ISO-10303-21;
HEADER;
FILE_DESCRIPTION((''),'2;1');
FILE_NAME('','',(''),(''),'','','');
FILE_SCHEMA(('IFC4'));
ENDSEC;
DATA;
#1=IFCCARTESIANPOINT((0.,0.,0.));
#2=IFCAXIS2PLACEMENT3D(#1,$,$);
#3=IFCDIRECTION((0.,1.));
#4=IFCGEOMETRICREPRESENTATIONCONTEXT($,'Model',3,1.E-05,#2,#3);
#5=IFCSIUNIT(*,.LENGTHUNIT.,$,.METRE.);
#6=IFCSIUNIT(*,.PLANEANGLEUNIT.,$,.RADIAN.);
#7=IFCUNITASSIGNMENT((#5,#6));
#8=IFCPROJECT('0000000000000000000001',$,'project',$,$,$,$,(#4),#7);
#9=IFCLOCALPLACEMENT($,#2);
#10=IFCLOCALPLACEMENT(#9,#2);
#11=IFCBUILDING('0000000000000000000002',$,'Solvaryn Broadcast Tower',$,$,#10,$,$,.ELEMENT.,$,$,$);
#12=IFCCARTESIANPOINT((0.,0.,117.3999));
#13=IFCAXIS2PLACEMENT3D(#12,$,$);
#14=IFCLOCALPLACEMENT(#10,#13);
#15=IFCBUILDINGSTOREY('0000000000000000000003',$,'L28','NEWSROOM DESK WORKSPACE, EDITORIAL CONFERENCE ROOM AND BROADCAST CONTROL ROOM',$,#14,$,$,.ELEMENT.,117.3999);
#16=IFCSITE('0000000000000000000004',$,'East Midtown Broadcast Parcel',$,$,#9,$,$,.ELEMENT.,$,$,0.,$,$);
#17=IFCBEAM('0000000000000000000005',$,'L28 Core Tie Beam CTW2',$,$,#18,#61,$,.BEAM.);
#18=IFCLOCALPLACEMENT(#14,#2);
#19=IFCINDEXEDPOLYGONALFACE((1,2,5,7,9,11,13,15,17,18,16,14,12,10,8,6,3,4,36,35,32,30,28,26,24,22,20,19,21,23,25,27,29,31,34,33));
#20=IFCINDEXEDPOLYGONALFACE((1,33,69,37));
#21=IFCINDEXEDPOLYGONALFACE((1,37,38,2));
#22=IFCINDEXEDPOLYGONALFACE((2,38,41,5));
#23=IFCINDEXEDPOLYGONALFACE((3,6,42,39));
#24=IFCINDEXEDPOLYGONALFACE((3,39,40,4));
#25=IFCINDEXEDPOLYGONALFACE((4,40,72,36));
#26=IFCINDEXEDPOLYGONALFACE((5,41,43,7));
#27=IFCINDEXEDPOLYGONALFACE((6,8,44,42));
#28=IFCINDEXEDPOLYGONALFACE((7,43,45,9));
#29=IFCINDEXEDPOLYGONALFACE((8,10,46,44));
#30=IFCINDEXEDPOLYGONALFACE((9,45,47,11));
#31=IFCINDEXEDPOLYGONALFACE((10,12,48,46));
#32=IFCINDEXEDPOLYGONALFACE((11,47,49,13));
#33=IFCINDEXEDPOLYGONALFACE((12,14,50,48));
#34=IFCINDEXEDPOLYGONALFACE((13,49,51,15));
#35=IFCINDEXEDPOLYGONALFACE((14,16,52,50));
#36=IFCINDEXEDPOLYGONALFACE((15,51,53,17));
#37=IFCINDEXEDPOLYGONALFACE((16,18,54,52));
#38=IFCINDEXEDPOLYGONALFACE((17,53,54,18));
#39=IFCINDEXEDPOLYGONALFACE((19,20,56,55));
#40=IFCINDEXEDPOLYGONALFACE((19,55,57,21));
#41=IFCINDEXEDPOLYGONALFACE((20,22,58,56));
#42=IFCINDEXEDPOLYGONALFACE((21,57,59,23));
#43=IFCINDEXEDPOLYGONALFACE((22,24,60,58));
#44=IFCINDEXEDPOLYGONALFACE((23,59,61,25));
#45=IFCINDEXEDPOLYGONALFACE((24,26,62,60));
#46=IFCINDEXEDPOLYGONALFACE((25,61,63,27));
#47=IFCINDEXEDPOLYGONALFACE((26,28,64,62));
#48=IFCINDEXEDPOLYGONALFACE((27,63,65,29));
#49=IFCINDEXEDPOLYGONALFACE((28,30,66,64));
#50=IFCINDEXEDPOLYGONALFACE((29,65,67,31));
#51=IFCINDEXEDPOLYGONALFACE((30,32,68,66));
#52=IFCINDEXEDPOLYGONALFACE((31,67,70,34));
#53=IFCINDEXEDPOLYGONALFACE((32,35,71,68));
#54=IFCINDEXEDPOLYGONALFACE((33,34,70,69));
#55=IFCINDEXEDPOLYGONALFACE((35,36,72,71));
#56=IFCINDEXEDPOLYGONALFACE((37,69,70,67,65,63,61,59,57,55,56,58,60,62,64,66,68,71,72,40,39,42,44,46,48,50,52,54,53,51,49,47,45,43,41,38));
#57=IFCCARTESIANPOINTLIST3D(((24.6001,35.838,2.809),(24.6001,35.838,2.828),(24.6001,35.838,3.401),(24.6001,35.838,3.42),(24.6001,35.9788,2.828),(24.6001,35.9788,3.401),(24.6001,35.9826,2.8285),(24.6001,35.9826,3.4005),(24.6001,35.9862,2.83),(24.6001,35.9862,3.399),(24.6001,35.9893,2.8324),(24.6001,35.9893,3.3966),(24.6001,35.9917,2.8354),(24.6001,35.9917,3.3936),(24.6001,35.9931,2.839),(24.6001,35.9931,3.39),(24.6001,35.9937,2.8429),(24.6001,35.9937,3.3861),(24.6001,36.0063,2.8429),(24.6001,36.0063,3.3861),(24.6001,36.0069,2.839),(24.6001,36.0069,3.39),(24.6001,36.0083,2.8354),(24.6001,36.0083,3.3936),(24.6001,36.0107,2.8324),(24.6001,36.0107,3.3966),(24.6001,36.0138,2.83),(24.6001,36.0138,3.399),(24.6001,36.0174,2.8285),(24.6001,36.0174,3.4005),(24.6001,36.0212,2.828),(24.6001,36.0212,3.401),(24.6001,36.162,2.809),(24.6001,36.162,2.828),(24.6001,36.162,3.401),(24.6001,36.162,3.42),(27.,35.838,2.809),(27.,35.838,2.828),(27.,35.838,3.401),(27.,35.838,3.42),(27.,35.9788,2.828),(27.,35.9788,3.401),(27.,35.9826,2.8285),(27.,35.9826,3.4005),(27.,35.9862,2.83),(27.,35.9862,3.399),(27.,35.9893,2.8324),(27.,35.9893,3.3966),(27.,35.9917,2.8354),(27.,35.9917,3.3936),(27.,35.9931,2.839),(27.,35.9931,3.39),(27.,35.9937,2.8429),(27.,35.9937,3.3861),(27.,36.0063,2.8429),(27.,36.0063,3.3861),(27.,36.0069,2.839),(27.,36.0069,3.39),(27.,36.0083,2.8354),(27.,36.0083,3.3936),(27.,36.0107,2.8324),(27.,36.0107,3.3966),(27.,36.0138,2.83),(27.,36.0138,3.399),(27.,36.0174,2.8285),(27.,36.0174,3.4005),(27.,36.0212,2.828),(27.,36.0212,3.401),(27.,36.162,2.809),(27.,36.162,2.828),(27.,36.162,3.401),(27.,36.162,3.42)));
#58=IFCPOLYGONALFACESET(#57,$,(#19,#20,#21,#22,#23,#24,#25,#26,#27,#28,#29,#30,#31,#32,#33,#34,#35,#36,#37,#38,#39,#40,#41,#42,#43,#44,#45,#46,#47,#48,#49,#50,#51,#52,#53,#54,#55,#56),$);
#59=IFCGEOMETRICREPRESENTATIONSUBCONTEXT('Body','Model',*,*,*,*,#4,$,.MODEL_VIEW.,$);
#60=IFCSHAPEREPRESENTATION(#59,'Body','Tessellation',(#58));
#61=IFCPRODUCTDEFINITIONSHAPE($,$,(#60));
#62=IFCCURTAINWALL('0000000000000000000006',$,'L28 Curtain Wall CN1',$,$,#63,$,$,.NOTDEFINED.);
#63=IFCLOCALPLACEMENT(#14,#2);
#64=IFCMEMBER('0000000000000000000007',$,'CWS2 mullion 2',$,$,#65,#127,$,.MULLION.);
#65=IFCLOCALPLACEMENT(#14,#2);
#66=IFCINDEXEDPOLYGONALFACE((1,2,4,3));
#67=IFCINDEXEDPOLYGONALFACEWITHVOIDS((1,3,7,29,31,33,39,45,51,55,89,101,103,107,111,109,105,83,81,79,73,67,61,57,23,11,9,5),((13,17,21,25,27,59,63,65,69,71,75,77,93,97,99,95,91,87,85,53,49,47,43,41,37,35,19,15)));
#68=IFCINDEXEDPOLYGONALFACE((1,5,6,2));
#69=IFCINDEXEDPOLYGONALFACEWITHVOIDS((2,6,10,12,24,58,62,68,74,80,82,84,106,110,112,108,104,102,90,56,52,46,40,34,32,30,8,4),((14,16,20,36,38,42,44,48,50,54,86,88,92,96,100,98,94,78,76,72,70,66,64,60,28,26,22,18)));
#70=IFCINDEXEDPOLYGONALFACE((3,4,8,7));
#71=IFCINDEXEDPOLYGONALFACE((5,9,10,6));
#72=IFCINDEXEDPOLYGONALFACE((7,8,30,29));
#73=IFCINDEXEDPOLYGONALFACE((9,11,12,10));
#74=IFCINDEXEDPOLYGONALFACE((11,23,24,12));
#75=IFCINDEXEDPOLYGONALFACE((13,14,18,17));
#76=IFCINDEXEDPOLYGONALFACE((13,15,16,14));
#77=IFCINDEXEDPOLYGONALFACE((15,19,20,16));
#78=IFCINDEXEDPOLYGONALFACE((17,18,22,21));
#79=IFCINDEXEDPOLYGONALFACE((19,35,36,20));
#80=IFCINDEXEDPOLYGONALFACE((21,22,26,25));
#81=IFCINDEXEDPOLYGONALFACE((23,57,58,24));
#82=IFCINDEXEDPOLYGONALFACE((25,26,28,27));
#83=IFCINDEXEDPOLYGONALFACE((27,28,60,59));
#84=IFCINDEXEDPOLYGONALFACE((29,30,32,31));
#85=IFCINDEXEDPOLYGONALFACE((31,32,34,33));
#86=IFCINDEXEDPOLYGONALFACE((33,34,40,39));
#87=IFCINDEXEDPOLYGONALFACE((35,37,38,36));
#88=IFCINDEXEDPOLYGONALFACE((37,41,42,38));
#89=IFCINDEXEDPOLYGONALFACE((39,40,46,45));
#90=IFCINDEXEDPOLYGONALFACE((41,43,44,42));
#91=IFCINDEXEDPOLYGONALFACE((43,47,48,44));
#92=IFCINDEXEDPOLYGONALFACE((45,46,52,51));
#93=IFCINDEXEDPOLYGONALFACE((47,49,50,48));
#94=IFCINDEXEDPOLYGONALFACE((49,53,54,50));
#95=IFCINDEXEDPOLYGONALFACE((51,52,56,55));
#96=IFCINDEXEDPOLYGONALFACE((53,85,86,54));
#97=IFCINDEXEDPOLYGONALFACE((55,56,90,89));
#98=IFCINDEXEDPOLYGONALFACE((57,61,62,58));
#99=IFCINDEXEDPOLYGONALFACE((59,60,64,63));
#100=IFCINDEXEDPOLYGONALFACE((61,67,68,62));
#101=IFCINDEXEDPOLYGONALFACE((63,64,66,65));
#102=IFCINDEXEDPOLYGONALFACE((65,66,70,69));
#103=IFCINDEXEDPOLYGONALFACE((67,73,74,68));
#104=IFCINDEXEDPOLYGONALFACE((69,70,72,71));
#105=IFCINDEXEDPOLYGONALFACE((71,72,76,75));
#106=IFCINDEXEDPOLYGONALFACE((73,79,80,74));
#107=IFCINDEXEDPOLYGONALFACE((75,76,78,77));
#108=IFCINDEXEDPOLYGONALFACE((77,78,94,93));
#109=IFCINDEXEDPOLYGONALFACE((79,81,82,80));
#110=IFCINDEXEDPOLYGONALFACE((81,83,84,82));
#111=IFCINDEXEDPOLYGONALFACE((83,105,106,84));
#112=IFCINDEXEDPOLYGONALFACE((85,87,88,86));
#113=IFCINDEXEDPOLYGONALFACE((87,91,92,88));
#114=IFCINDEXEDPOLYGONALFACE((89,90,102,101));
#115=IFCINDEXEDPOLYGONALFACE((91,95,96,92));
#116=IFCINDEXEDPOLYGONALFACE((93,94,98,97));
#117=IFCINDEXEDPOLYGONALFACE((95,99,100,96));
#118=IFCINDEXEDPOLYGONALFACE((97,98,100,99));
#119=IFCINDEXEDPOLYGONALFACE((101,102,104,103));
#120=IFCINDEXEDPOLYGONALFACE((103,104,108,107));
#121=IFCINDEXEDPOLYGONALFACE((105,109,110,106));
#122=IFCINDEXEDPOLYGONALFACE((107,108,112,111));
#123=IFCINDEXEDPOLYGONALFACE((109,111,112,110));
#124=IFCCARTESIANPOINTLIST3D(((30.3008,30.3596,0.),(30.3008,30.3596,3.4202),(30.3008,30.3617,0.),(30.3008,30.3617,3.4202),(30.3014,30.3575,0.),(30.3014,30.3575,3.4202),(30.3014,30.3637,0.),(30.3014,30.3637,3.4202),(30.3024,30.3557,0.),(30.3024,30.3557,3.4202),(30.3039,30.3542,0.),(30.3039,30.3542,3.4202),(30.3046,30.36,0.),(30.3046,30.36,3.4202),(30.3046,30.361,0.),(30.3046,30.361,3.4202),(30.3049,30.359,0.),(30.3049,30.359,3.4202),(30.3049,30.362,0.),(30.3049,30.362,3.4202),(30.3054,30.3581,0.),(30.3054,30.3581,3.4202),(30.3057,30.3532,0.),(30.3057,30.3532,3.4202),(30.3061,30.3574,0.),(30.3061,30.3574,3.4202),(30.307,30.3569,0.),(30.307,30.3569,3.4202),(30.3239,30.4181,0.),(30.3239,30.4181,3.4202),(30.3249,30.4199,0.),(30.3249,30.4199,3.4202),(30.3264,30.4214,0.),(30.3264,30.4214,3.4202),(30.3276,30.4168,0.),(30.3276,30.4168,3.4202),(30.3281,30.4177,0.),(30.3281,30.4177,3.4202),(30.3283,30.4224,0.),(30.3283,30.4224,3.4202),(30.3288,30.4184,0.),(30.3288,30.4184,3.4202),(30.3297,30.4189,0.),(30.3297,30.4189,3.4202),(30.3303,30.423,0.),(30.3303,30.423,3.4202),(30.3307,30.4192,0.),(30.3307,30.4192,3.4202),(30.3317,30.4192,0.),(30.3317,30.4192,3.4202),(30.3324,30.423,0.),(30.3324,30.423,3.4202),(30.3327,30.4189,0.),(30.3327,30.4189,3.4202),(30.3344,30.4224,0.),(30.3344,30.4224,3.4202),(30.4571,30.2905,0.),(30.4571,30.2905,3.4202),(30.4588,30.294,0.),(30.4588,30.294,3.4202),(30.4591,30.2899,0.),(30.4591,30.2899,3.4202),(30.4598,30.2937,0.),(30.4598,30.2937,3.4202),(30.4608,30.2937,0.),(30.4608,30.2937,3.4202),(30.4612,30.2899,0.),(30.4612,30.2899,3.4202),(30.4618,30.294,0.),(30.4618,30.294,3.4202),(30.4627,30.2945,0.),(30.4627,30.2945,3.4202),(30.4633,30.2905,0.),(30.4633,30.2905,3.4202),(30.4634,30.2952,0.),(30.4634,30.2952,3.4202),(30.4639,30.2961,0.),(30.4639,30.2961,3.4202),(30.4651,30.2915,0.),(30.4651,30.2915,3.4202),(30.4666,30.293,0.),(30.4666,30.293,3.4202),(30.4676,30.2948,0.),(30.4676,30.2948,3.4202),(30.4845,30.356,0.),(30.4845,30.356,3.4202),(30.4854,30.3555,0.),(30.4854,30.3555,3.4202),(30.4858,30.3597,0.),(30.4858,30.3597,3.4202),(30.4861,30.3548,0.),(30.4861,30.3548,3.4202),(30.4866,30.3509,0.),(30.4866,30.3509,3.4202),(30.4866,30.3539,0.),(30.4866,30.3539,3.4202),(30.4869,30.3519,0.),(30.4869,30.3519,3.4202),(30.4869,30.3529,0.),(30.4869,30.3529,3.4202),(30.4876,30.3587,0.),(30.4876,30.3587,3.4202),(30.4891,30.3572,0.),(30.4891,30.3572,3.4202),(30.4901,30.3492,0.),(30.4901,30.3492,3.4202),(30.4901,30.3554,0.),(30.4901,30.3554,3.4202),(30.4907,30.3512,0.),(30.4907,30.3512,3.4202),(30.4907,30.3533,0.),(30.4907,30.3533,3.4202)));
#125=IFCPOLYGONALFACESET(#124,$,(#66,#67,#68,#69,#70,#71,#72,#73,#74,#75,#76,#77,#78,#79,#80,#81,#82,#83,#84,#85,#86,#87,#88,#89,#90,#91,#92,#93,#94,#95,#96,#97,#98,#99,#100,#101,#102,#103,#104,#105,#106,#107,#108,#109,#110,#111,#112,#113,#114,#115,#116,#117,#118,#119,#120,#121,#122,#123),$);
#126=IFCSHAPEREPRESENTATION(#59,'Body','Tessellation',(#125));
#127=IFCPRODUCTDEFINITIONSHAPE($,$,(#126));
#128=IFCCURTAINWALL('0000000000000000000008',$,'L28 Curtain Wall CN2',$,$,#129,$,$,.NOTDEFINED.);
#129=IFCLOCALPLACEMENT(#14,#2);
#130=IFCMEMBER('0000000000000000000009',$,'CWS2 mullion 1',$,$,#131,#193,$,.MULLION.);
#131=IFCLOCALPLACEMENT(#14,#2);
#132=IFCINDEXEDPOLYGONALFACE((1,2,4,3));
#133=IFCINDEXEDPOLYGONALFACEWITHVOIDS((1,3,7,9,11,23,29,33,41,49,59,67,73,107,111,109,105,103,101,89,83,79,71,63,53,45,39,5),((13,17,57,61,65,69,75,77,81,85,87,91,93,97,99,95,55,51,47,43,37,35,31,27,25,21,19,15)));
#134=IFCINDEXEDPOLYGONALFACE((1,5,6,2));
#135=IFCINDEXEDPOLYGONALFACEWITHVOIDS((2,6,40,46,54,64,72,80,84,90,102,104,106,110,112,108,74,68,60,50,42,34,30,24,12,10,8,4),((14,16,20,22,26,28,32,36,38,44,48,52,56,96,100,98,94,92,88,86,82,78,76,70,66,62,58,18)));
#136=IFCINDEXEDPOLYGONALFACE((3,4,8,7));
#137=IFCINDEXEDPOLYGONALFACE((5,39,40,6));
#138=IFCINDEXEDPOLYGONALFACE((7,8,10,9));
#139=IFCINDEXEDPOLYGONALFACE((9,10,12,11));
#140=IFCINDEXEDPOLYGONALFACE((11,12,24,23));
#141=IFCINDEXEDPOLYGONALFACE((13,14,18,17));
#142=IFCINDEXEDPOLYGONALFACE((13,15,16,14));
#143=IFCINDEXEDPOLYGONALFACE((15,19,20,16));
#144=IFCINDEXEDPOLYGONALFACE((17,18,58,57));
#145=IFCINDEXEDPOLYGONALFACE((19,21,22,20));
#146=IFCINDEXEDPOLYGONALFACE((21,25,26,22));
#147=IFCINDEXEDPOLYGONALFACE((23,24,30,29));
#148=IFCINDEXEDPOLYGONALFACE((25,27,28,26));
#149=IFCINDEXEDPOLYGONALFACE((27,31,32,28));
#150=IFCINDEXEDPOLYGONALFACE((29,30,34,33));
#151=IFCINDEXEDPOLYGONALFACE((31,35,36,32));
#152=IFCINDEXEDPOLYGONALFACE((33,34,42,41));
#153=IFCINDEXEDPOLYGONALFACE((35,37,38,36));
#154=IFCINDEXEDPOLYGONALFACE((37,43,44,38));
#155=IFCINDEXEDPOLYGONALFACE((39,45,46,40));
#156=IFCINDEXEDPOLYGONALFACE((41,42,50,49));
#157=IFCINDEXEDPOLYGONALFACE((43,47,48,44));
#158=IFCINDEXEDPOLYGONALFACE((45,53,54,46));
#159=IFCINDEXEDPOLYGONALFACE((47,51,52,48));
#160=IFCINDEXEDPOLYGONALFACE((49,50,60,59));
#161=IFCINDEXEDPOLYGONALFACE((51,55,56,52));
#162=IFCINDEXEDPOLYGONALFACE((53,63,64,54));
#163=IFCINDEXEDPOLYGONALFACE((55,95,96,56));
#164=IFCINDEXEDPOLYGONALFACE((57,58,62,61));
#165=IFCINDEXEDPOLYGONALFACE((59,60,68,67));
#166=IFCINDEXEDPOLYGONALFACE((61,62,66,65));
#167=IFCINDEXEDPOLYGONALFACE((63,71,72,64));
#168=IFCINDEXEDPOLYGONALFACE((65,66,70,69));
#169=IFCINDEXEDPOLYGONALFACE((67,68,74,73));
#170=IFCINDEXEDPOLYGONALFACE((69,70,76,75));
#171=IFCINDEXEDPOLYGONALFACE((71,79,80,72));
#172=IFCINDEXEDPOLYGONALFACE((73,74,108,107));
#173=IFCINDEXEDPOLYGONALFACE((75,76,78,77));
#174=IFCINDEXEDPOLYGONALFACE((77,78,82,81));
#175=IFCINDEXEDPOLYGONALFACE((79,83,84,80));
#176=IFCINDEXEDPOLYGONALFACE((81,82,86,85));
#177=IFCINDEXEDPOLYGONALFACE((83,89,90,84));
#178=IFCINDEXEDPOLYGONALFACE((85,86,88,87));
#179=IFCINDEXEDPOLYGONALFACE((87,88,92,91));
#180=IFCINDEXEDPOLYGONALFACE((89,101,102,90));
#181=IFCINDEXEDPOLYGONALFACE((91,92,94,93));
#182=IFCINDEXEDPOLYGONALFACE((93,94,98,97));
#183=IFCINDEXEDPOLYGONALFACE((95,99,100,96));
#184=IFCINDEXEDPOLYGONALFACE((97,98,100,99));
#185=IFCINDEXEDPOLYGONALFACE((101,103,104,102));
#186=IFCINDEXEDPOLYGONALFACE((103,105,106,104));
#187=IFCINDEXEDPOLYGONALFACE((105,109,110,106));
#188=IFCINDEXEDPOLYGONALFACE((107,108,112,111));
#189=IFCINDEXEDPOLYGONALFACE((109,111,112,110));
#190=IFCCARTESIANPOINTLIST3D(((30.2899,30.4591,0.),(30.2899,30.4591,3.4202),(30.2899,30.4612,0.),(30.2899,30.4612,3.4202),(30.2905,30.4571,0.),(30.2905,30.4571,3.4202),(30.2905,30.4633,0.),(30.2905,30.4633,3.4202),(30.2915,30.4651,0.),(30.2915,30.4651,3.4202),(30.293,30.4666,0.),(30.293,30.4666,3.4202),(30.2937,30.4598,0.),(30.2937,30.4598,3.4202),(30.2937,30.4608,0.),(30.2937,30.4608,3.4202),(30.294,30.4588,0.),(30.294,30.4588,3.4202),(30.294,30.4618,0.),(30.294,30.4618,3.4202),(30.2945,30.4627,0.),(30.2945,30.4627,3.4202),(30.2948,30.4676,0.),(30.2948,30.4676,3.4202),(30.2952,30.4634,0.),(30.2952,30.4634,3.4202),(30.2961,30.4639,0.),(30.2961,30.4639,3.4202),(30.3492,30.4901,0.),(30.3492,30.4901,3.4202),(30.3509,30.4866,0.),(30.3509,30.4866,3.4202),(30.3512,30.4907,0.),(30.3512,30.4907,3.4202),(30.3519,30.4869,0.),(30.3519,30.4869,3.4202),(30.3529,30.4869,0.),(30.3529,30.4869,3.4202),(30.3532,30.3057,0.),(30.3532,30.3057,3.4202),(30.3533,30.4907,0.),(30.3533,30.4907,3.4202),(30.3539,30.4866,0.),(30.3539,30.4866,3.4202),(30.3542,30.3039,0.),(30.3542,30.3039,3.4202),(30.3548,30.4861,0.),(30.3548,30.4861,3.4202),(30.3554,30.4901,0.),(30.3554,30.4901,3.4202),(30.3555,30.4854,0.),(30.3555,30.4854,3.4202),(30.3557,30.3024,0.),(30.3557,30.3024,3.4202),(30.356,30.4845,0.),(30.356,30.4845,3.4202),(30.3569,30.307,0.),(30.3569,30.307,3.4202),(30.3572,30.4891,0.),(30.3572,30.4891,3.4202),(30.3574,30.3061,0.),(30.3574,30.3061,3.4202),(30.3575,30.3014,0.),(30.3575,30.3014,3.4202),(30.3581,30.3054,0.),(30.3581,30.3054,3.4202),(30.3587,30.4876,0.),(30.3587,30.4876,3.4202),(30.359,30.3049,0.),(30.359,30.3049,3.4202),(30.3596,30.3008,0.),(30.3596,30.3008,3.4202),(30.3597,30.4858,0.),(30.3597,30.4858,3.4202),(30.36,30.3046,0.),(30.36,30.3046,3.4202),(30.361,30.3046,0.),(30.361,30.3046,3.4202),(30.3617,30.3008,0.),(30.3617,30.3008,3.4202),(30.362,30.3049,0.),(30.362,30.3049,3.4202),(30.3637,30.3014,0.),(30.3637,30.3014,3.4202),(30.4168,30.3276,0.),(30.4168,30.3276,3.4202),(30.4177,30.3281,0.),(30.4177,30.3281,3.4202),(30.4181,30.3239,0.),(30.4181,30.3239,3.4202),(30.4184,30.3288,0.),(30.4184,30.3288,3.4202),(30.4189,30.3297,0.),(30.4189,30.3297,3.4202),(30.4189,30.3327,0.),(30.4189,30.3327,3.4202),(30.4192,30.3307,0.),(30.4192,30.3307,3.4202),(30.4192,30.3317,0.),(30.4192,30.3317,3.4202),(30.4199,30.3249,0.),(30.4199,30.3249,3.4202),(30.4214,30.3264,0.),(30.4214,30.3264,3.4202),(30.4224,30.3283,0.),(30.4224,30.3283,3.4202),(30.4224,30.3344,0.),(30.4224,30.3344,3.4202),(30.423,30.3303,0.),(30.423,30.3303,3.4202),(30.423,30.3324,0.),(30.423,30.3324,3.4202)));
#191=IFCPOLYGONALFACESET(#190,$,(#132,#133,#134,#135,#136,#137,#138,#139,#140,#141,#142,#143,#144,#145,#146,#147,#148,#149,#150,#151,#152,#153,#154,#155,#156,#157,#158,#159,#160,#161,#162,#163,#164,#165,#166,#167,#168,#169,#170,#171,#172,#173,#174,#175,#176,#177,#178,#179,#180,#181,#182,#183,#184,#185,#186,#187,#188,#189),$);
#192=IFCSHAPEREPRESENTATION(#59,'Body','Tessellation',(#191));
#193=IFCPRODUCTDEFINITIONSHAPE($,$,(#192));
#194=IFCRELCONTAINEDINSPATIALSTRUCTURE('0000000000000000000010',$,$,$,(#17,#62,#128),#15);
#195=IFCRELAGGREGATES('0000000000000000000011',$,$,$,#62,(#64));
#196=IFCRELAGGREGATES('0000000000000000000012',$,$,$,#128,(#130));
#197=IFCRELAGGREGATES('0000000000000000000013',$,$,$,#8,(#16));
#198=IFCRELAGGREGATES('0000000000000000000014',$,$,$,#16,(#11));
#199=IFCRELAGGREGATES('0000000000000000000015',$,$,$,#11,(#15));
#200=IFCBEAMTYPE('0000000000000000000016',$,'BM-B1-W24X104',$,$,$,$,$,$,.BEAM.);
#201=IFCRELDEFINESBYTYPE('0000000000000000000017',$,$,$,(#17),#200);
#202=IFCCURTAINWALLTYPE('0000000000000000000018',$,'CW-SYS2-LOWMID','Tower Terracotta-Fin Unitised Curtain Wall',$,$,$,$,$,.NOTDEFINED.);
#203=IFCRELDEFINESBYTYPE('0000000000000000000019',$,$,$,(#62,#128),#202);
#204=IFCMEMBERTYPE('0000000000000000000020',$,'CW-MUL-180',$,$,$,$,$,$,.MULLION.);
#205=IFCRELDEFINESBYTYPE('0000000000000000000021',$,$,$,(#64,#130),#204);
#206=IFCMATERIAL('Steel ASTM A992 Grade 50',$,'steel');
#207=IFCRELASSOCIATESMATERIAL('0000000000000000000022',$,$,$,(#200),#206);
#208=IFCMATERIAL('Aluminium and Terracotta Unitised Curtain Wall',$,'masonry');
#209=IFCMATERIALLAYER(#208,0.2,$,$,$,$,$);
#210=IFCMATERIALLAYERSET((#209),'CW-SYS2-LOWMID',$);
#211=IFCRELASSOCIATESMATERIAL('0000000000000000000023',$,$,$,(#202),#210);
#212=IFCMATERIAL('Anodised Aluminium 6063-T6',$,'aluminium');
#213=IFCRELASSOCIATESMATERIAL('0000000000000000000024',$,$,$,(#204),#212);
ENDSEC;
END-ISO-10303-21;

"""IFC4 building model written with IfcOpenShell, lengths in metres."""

from ifc_helpers import new_model, si_unit, direction, frame, origin, origin_2d, place, context, subcontext, project, spatial, hollow_rectangle, i_section, extrude, material, layer, layer_set, material_profile, profile_set, type_object, element, aggregate, save


model = new_model("IFC4")

# Units and contexts
model_context = context("Model", 3, precision=1e-05, world=origin(), true_north=direction((0.0, 1.0)))
body_context = subcontext(model_context, "Body", "Model", "MODEL_VIEW")
ifc_project = project(units=[si_unit("LENGTHUNIT", "METRE"), si_unit("PLANEANGLEUNIT", "RADIAN")], contexts=[model_context])

# Site, building, storey
site_placement = place(None, origin())
site = spatial("IfcSite", under=ifc_project, at=site_placement, Name="East Midtown Broadcast Parcel", CompositionType="ELEMENT", RefElevation=0.0)
building_placement = place(site_placement, origin())
building = spatial("IfcBuilding", under=site, at=building_placement, Name="Solvaryn Broadcast Tower", CompositionType="ELEMENT")
storey_placement = place(building_placement, frame((0.0, 0.0, 117.3999)))
storey = spatial("IfcBuildingStorey", under=building, at=storey_placement, Name="L28", Description="NEWSROOM DESK WORKSPACE, EDITORIAL CONFERENCE ROOM AND BROADCAST CONTROL ROOM", CompositionType="ELEMENT", Elevation=117.3999)

# Beam
ifc_material_1 = material(Name="Steel ASTM A992 Grade 50", Category="steel")
ifc_material_profile_1 = material_profile(ifc_material_1, i_section(OverallWidth=0.324, OverallDepth=0.6111, WebThickness=0.0127, FlangeThickness=0.019, FilletRadius=0.0149, at=origin_2d()))
ifc_profile_set_1 = profile_set([ifc_material_profile_1], Name="Steel ASTM A992 Grade 50")
beam_type = type_object("IfcBeamType", Name="BM-B1-W24X104", PredefinedType="BEAM", material=ifc_profile_set_1)
beam_placement = place(storey_placement, frame((24.6001, 36.0, 3.1145), z_axis=(1.0, 0.0, 0.0), x_axis=(0.0, 1.0, 0.0)))
element("IfcBeam", 1, at=beam_placement, inside=storey, type_object=beam_type, Name="L28 Core Tie Beam CTW2", PredefinedType="BEAM", context=body_context, shape_type="SweptSolid", body=[
    extrude(i_section(OverallWidth=0.324, OverallDepth=0.6111, WebThickness=0.0127, FlangeThickness=0.019, FilletRadius=0.0149, at=origin_2d()), origin(), (0.0, 0.0, 1.0), 2.3999),
])

# Curtain wall, member
ifc_material_2 = material(Name="Aluminium and Terracotta Unitised Curtain Wall", Category="masonry")
ifc_layer_1 = layer(ifc_material_2, 0.2)
ifc_layer_set_1 = layer_set([ifc_layer_1], Name="CW-SYS2-LOWMID")
curtain_wall_type = type_object("IfcCurtainWallType", Name="CW-SYS2-LOWMID", Description="Tower Terracotta-Fin Unitised Curtain Wall", PredefinedType="NOTDEFINED", material=ifc_layer_set_1)
curtain_wall_1_placement = place(storey_placement, origin())
curtain_wall_1 = element("IfcCurtainWall", 2, at=curtain_wall_1_placement, inside=storey, type_object=curtain_wall_type, Name="L28 Curtain Wall CN1", PredefinedType="NOTDEFINED")
ifc_material_3 = material(Name="Anodised Aluminium 6063-T6", Category="aluminium")
ifc_material_profile_2 = material_profile(ifc_material_3, hollow_rectangle(XDim=0.075, YDim=0.1799, WallThickness=0.0039, InnerFilletRadius=0.0039, OuterFilletRadius=0.0081, at=origin_2d()))
ifc_profile_set_2 = profile_set([ifc_material_profile_2], Name="Anodised Aluminium 6063-T6")
member_type_1 = type_object("IfcMemberType", Name="CW-MUL-180", PredefinedType="MULLION", material=ifc_profile_set_2)
member_1_placement = place(storey_placement, frame((30.3958, 30.3564, 0.0), z_axis=(0.0, 0.0, 1.0), x_axis=(-0.382646, -0.923895, 0.0)))
member_1 = element("IfcMember", 3, at=member_1_placement, type_object=member_type_1, Name="CWS2 mullion 2", PredefinedType="MULLION", context=body_context, shape_type="SweptSolid", body=[
    extrude(hollow_rectangle(XDim=0.075, YDim=0.1799, WallThickness=0.0039, InnerFilletRadius=0.0039, OuterFilletRadius=0.0081, at=origin_2d()), origin(), (0.0, 0.0, 1.0), 3.4202),
])

# Curtain wall, member
curtain_wall_2_placement = place(storey_placement, origin())
curtain_wall_2 = element("IfcCurtainWall", 4, at=curtain_wall_2_placement, inside=storey, type_object=curtain_wall_type, Name="L28 Curtain Wall CN2", PredefinedType="NOTDEFINED")
member_2_placement = place(storey_placement, frame((30.3564, 30.3958, 0.0), z_axis=(0.0, 0.0, 1.0), x_axis=(-0.923895, -0.382646, 0.0)))
member_2 = element("IfcMember", 5, at=member_2_placement, type_object=member_type_1, Name="CWS2 mullion 1", PredefinedType="MULLION", context=body_context, shape_type="SweptSolid", body=[
    extrude(hollow_rectangle(XDim=0.075, YDim=0.1799, WallThickness=0.0039, InnerFilletRadius=0.0039, OuterFilletRadius=0.0081, at=origin_2d()), origin(), (0.0, 0.0, 1.0), 3.4202),
])

aggregate(curtain_wall_1, [member_1])
aggregate(curtain_wall_2, [member_2])

save(model, "model.ifc")
